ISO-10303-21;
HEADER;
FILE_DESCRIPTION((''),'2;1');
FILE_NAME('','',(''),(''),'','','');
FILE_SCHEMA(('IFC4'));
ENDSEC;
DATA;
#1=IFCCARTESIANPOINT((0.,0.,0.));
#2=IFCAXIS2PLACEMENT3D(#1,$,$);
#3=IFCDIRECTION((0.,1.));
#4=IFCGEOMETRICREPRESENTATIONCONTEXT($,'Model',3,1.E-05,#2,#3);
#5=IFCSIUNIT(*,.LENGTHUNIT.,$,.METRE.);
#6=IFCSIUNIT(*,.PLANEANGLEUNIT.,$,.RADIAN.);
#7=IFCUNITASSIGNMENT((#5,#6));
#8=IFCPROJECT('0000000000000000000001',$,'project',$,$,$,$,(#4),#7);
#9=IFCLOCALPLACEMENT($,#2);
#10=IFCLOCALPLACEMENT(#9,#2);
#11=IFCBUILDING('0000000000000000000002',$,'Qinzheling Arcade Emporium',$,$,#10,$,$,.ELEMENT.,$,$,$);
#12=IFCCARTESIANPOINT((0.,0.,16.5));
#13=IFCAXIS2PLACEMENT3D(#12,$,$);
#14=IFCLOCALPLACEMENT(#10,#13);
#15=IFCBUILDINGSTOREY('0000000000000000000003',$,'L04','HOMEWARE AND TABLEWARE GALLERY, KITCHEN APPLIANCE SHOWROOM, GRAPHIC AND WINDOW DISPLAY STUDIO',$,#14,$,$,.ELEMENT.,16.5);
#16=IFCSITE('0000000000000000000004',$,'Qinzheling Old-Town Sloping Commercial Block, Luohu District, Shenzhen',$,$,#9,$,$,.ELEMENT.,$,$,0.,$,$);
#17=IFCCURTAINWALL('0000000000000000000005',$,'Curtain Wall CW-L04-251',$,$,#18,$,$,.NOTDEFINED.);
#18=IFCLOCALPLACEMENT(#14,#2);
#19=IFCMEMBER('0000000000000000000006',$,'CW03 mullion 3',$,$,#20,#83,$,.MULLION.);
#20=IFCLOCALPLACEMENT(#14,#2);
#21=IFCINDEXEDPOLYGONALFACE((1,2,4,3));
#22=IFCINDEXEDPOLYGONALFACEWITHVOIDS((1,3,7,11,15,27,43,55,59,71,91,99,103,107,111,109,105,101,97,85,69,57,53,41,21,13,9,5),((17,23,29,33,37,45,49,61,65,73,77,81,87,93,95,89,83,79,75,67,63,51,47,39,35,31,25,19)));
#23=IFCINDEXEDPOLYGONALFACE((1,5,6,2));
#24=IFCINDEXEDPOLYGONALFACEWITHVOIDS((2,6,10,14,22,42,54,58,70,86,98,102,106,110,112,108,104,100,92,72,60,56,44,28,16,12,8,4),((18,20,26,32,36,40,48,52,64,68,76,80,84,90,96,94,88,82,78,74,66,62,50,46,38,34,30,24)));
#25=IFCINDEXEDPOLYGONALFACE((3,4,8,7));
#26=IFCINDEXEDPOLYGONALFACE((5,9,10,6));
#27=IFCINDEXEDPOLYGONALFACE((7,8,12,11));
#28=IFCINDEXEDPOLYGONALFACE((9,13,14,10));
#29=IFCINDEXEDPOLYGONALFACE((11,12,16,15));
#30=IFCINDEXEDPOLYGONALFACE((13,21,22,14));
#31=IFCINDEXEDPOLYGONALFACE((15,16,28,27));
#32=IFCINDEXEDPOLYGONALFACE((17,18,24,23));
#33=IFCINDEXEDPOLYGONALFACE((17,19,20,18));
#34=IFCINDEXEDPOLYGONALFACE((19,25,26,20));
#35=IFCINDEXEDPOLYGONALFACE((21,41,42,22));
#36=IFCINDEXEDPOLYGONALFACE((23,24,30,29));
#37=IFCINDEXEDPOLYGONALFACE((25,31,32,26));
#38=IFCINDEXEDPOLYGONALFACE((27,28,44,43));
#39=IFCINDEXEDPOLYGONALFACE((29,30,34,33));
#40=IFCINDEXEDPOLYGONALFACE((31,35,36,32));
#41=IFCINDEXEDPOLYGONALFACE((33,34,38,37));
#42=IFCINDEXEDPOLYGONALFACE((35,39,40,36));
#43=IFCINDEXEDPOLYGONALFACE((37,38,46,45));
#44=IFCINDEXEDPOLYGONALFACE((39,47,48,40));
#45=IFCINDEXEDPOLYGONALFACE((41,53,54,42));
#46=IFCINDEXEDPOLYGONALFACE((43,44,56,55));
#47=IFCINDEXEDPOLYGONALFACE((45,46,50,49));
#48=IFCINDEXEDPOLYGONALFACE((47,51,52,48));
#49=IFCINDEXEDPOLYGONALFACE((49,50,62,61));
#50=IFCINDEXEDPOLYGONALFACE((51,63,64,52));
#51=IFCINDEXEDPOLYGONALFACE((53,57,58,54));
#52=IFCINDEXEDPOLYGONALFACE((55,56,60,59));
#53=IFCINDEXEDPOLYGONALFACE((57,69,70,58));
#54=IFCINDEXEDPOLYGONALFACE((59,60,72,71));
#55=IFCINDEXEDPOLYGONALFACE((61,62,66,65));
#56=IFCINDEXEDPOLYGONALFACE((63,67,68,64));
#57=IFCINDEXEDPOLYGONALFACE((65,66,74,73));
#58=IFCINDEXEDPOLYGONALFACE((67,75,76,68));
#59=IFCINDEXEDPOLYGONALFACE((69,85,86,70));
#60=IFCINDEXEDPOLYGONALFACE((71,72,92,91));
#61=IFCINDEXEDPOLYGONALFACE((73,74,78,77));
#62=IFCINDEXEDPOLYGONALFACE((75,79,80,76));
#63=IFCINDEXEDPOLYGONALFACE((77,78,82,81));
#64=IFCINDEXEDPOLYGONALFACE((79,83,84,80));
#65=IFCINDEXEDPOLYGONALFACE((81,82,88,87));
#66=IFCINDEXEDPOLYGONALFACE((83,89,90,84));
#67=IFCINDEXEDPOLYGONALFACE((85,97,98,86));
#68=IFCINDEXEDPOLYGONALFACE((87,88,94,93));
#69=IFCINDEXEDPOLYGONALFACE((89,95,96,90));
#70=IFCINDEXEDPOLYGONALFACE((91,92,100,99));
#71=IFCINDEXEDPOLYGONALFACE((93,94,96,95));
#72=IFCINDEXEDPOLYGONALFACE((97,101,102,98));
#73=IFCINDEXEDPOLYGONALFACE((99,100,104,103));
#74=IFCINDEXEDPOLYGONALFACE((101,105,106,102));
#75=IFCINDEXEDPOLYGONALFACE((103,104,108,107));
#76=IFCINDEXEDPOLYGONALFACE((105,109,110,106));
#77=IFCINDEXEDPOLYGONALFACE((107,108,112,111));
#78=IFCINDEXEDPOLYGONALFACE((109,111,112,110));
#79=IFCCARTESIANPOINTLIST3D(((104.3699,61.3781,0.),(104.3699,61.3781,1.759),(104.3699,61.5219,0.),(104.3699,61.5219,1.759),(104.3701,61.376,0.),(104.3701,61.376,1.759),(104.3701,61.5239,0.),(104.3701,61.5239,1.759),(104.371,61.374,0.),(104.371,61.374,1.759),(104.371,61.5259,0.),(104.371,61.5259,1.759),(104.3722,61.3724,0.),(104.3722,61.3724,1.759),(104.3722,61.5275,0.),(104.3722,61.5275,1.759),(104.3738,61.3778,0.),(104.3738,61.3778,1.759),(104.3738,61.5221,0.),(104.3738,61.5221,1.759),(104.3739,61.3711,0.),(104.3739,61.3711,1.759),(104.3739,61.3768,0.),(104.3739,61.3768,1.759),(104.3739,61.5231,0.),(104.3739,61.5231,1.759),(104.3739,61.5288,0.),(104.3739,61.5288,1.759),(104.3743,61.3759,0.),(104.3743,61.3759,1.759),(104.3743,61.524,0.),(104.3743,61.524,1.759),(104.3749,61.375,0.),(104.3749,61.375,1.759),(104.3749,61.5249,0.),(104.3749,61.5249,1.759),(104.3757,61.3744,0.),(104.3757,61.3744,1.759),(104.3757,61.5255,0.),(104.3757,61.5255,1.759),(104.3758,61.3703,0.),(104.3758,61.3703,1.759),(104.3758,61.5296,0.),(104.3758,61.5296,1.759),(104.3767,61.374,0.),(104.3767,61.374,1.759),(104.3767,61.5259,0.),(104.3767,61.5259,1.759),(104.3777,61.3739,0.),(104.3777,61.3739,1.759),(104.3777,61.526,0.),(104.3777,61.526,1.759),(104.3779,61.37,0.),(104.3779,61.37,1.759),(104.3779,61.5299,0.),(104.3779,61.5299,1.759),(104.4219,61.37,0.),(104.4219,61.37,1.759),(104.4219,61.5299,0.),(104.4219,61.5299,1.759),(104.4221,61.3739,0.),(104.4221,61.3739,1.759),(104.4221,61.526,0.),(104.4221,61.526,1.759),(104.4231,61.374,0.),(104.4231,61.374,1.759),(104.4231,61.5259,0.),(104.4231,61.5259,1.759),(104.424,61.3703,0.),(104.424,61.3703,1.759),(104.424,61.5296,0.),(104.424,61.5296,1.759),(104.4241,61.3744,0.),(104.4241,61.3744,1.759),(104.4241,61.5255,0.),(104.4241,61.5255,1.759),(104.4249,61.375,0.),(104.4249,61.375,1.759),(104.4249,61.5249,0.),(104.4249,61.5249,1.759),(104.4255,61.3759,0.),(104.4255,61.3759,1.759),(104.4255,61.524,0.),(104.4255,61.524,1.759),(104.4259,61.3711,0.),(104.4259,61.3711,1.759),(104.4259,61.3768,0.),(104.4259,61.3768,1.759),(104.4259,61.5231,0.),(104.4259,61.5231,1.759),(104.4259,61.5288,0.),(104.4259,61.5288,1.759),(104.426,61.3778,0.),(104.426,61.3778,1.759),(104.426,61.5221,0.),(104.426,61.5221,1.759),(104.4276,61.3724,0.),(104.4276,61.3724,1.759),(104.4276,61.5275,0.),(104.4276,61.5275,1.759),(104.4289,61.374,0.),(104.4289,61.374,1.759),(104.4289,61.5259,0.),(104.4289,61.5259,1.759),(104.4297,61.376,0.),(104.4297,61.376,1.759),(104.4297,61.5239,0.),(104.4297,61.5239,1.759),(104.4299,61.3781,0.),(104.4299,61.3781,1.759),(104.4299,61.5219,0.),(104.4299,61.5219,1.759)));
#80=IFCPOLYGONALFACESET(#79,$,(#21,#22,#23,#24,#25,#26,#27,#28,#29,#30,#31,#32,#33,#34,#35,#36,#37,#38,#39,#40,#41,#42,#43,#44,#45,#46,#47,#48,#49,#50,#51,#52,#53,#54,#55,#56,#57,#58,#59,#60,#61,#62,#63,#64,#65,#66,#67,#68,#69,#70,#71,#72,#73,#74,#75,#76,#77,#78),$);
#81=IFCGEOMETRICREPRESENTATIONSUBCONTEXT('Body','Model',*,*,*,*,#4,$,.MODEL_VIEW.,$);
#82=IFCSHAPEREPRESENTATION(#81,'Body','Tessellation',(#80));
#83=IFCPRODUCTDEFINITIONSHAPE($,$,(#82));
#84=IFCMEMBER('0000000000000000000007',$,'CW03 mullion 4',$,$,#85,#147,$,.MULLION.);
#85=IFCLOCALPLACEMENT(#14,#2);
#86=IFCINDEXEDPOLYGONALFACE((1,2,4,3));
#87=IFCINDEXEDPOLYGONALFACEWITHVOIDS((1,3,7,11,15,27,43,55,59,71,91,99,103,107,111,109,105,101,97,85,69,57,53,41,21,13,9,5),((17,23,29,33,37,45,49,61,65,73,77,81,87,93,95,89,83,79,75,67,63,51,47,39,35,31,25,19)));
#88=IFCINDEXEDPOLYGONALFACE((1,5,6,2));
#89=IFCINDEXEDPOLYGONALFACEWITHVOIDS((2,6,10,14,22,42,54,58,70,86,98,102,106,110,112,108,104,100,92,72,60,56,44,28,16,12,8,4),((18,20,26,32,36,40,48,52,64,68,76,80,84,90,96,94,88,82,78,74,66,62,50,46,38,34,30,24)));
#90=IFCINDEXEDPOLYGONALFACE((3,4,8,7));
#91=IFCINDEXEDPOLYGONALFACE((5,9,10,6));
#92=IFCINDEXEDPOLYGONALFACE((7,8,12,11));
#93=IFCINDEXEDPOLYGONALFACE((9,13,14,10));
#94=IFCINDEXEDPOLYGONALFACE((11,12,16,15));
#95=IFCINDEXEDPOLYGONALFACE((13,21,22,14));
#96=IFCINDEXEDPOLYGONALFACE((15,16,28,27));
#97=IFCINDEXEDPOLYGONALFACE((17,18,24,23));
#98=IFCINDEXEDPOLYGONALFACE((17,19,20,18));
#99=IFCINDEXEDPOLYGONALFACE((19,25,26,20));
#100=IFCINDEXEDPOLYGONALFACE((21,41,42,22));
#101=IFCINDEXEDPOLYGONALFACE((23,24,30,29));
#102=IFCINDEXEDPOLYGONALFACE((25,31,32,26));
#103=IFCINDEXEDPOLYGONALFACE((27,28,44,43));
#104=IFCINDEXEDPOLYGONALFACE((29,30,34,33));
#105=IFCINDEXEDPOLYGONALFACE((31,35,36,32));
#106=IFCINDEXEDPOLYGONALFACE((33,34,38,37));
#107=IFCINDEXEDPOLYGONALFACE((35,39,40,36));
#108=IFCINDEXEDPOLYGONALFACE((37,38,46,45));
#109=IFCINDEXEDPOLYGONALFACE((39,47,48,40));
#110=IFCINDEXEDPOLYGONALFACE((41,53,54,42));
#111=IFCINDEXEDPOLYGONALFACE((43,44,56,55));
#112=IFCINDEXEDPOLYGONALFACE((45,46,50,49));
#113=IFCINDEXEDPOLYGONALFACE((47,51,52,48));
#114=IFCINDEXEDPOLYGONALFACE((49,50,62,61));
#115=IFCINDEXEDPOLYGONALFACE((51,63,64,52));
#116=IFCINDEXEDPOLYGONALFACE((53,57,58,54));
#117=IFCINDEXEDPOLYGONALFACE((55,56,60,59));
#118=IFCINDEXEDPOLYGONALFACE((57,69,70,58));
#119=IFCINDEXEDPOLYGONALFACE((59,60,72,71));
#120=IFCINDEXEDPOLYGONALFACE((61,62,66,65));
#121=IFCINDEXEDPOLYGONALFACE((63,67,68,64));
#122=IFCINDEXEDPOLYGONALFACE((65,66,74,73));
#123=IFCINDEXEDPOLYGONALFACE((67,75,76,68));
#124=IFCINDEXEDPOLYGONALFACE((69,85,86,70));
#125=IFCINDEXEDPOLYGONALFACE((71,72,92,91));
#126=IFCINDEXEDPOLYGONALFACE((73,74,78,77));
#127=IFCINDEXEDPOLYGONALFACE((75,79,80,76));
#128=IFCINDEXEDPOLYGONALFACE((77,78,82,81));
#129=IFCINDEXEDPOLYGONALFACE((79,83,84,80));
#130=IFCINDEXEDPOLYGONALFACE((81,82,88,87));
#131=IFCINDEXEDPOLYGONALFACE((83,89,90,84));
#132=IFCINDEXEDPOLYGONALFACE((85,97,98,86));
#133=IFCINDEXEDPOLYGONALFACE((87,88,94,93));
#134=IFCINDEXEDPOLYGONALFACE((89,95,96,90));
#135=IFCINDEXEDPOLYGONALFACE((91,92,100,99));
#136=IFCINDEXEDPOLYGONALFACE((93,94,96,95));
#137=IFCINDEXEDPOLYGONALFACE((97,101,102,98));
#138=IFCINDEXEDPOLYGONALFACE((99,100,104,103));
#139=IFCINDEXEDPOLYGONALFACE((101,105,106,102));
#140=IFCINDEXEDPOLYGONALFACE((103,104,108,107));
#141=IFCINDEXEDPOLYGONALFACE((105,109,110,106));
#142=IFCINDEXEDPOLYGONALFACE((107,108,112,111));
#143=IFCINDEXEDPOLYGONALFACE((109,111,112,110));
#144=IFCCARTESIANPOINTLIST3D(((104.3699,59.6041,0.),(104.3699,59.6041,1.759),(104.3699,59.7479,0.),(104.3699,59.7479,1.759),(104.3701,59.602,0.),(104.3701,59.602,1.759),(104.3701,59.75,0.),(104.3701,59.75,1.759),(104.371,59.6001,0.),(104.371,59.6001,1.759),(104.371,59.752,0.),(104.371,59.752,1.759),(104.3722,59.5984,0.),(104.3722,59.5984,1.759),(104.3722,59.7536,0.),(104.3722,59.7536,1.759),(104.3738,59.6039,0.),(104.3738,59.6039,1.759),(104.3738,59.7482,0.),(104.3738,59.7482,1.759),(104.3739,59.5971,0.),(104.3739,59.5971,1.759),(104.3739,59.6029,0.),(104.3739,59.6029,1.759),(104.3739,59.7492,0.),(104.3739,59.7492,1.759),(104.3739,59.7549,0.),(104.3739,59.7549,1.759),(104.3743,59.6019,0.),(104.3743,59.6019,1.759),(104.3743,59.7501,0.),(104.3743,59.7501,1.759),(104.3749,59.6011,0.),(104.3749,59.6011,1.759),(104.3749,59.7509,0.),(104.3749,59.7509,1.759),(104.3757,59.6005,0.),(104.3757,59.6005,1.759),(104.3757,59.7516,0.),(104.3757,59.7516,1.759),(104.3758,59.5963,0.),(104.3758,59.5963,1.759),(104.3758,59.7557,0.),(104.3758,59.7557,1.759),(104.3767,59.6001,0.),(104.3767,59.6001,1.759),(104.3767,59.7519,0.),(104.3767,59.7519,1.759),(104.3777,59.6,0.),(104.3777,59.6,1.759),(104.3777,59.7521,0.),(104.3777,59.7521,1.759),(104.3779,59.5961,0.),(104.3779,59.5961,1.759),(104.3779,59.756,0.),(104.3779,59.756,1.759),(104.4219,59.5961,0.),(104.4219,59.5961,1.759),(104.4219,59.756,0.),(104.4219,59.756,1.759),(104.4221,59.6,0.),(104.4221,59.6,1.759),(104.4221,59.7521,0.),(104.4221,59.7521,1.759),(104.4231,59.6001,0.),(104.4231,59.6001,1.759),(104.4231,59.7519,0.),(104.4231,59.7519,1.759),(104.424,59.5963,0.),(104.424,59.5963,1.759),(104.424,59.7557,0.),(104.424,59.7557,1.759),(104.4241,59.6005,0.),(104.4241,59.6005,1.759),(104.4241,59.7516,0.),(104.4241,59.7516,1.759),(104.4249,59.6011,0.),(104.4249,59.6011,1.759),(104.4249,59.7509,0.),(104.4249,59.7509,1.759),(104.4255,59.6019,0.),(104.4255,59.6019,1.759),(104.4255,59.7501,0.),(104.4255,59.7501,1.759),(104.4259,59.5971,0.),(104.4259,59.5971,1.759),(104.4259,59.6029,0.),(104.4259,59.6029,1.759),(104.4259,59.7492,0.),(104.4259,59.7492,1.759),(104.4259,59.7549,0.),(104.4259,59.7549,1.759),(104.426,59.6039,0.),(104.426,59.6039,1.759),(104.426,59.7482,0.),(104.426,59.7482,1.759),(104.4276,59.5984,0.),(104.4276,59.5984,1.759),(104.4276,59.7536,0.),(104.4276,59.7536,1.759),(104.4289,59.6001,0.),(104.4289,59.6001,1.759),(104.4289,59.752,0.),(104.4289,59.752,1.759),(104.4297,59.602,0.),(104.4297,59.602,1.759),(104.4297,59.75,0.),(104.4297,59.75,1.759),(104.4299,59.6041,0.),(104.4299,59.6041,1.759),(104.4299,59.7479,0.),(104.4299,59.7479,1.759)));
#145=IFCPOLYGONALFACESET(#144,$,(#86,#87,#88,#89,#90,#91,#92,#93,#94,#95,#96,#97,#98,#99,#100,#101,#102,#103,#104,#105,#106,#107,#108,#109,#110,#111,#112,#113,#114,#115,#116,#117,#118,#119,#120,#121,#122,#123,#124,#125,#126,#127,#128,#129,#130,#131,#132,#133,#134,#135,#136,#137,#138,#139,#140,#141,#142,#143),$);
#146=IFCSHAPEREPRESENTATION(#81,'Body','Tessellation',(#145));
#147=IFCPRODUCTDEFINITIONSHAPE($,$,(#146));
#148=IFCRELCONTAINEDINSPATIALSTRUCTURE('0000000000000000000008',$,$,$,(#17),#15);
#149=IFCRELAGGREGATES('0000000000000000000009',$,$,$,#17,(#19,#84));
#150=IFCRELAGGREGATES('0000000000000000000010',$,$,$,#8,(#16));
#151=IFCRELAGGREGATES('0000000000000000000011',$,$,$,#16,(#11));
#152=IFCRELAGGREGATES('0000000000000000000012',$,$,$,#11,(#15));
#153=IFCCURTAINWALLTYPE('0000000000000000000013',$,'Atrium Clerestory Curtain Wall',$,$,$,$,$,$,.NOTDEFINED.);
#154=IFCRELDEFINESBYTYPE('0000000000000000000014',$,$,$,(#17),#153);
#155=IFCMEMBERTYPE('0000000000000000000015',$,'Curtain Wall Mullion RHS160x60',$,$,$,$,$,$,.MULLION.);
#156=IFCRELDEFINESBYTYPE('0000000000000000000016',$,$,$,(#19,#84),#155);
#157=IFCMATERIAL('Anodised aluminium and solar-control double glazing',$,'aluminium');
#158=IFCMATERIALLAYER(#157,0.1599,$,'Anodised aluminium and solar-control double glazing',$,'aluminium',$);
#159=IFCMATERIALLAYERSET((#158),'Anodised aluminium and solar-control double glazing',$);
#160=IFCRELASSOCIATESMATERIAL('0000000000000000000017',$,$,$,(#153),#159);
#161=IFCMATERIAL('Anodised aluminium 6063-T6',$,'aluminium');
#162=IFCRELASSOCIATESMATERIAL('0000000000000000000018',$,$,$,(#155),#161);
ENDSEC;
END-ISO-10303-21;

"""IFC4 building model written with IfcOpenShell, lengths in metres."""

from ifc_helpers import new_model, si_unit, direction, frame, origin, origin_2d, place, context, subcontext, project, spatial, hollow_rectangle, extrude, material, layer, layer_set, material_profile, profile_set, type_object, element, aggregate, save


model = new_model("IFC4")

# Units and contexts
model_context = context("Model", 3, precision=1e-05, world=origin(), true_north=direction((0.0, 1.0)))
body_context = subcontext(model_context, "Body", "Model", "MODEL_VIEW")
ifc_project = project(units=[si_unit("LENGTHUNIT", "METRE"), si_unit("PLANEANGLEUNIT", "RADIAN")], contexts=[model_context])

# Site, building, storey
site_placement = place(None, origin())
site = spatial("IfcSite", under=ifc_project, at=site_placement, Name="Qinzheling Old-Town Sloping Commercial Block, Luohu District, Shenzhen", CompositionType="ELEMENT", RefElevation=0.0)
building_placement = place(site_placement, origin())
building = spatial("IfcBuilding", under=site, at=building_placement, Name="Qinzheling Arcade Emporium", CompositionType="ELEMENT")
storey_placement = place(building_placement, frame((0.0, 0.0, 16.5)))
storey = spatial("IfcBuildingStorey", under=building, at=storey_placement, Name="L04", Description="HOMEWARE AND TABLEWARE GALLERY, KITCHEN APPLIANCE SHOWROOM, GRAPHIC AND WINDOW DISPLAY STUDIO", CompositionType="ELEMENT", Elevation=16.5)

# Curtain wall, members
ifc_material_1 = material(Name="Anodised aluminium and solar-control double glazing", Category="aluminium")
ifc_layer_1 = layer(ifc_material_1, 0.1599, Name="Anodised aluminium and solar-control double glazing", Category="aluminium")
ifc_layer_set_1 = layer_set([ifc_layer_1], Name="Anodised aluminium and solar-control double glazing")
curtain_wall_type = type_object("IfcCurtainWallType", Name="Atrium Clerestory Curtain Wall", PredefinedType="NOTDEFINED", material=ifc_layer_set_1)
curtain_wall_1_placement = place(storey_placement, origin())
curtain_wall_1 = element("IfcCurtainWall", 1, at=curtain_wall_1_placement, inside=storey, type_object=curtain_wall_type, Name="Curtain Wall CW-L04-251", PredefinedType="NOTDEFINED")
ifc_material_2 = material(Name="Anodised aluminium 6063-T6", Category="aluminium")
ifc_material_profile_1 = material_profile(ifc_material_2, hollow_rectangle(XDim=0.0601, YDim=0.1599, WallThickness=0.0039, InnerFilletRadius=0.0039, OuterFilletRadius=0.0081, at=origin_2d()), Name="RHS 160x60x4", Category="aluminium")
ifc_profile_set_1 = profile_set([ifc_material_profile_1], Name="Anodised aluminium 6063-T6")
member_type_1 = type_object("IfcMemberType", Name="Curtain Wall Mullion RHS160x60", PredefinedType="MULLION", material=ifc_profile_set_1)
member_1_placement = place(storey_placement, frame((104.3999, 61.45, 0.0), z_axis=(0.0, 0.0, 1.0), x_axis=(1.0, 0.0, 0.0)))
member_1 = element("IfcMember", 2, at=member_1_placement, type_object=member_type_1, Name="CW03 mullion 3", PredefinedType="MULLION", context=body_context, shape_type="SweptSolid", body=[
    extrude(hollow_rectangle(XDim=0.0601, YDim=0.1599, WallThickness=0.0039, InnerFilletRadius=0.0039, OuterFilletRadius=0.0081, at=origin_2d()), origin(), (0.0, 0.0, 1.0), 1.759),
])
member_2_placement = place(storey_placement, frame((104.3999, 59.676, 0.0), z_axis=(0.0, 0.0, 1.0), x_axis=(1.0, 0.0, 0.0)))
member_2 = element("IfcMember", 3, at=member_2_placement, type_object=member_type_1, Name="CW03 mullion 4", PredefinedType="MULLION", context=body_context, shape_type="SweptSolid", body=[
    extrude(hollow_rectangle(XDim=0.0601, YDim=0.1599, WallThickness=0.0039, InnerFilletRadius=0.0039, OuterFilletRadius=0.0081, at=origin_2d()), origin(), (0.0, 0.0, 1.0), 1.759),
])

aggregate(curtain_wall_1, [member_1, member_2])

save(model, "model.ifc")
